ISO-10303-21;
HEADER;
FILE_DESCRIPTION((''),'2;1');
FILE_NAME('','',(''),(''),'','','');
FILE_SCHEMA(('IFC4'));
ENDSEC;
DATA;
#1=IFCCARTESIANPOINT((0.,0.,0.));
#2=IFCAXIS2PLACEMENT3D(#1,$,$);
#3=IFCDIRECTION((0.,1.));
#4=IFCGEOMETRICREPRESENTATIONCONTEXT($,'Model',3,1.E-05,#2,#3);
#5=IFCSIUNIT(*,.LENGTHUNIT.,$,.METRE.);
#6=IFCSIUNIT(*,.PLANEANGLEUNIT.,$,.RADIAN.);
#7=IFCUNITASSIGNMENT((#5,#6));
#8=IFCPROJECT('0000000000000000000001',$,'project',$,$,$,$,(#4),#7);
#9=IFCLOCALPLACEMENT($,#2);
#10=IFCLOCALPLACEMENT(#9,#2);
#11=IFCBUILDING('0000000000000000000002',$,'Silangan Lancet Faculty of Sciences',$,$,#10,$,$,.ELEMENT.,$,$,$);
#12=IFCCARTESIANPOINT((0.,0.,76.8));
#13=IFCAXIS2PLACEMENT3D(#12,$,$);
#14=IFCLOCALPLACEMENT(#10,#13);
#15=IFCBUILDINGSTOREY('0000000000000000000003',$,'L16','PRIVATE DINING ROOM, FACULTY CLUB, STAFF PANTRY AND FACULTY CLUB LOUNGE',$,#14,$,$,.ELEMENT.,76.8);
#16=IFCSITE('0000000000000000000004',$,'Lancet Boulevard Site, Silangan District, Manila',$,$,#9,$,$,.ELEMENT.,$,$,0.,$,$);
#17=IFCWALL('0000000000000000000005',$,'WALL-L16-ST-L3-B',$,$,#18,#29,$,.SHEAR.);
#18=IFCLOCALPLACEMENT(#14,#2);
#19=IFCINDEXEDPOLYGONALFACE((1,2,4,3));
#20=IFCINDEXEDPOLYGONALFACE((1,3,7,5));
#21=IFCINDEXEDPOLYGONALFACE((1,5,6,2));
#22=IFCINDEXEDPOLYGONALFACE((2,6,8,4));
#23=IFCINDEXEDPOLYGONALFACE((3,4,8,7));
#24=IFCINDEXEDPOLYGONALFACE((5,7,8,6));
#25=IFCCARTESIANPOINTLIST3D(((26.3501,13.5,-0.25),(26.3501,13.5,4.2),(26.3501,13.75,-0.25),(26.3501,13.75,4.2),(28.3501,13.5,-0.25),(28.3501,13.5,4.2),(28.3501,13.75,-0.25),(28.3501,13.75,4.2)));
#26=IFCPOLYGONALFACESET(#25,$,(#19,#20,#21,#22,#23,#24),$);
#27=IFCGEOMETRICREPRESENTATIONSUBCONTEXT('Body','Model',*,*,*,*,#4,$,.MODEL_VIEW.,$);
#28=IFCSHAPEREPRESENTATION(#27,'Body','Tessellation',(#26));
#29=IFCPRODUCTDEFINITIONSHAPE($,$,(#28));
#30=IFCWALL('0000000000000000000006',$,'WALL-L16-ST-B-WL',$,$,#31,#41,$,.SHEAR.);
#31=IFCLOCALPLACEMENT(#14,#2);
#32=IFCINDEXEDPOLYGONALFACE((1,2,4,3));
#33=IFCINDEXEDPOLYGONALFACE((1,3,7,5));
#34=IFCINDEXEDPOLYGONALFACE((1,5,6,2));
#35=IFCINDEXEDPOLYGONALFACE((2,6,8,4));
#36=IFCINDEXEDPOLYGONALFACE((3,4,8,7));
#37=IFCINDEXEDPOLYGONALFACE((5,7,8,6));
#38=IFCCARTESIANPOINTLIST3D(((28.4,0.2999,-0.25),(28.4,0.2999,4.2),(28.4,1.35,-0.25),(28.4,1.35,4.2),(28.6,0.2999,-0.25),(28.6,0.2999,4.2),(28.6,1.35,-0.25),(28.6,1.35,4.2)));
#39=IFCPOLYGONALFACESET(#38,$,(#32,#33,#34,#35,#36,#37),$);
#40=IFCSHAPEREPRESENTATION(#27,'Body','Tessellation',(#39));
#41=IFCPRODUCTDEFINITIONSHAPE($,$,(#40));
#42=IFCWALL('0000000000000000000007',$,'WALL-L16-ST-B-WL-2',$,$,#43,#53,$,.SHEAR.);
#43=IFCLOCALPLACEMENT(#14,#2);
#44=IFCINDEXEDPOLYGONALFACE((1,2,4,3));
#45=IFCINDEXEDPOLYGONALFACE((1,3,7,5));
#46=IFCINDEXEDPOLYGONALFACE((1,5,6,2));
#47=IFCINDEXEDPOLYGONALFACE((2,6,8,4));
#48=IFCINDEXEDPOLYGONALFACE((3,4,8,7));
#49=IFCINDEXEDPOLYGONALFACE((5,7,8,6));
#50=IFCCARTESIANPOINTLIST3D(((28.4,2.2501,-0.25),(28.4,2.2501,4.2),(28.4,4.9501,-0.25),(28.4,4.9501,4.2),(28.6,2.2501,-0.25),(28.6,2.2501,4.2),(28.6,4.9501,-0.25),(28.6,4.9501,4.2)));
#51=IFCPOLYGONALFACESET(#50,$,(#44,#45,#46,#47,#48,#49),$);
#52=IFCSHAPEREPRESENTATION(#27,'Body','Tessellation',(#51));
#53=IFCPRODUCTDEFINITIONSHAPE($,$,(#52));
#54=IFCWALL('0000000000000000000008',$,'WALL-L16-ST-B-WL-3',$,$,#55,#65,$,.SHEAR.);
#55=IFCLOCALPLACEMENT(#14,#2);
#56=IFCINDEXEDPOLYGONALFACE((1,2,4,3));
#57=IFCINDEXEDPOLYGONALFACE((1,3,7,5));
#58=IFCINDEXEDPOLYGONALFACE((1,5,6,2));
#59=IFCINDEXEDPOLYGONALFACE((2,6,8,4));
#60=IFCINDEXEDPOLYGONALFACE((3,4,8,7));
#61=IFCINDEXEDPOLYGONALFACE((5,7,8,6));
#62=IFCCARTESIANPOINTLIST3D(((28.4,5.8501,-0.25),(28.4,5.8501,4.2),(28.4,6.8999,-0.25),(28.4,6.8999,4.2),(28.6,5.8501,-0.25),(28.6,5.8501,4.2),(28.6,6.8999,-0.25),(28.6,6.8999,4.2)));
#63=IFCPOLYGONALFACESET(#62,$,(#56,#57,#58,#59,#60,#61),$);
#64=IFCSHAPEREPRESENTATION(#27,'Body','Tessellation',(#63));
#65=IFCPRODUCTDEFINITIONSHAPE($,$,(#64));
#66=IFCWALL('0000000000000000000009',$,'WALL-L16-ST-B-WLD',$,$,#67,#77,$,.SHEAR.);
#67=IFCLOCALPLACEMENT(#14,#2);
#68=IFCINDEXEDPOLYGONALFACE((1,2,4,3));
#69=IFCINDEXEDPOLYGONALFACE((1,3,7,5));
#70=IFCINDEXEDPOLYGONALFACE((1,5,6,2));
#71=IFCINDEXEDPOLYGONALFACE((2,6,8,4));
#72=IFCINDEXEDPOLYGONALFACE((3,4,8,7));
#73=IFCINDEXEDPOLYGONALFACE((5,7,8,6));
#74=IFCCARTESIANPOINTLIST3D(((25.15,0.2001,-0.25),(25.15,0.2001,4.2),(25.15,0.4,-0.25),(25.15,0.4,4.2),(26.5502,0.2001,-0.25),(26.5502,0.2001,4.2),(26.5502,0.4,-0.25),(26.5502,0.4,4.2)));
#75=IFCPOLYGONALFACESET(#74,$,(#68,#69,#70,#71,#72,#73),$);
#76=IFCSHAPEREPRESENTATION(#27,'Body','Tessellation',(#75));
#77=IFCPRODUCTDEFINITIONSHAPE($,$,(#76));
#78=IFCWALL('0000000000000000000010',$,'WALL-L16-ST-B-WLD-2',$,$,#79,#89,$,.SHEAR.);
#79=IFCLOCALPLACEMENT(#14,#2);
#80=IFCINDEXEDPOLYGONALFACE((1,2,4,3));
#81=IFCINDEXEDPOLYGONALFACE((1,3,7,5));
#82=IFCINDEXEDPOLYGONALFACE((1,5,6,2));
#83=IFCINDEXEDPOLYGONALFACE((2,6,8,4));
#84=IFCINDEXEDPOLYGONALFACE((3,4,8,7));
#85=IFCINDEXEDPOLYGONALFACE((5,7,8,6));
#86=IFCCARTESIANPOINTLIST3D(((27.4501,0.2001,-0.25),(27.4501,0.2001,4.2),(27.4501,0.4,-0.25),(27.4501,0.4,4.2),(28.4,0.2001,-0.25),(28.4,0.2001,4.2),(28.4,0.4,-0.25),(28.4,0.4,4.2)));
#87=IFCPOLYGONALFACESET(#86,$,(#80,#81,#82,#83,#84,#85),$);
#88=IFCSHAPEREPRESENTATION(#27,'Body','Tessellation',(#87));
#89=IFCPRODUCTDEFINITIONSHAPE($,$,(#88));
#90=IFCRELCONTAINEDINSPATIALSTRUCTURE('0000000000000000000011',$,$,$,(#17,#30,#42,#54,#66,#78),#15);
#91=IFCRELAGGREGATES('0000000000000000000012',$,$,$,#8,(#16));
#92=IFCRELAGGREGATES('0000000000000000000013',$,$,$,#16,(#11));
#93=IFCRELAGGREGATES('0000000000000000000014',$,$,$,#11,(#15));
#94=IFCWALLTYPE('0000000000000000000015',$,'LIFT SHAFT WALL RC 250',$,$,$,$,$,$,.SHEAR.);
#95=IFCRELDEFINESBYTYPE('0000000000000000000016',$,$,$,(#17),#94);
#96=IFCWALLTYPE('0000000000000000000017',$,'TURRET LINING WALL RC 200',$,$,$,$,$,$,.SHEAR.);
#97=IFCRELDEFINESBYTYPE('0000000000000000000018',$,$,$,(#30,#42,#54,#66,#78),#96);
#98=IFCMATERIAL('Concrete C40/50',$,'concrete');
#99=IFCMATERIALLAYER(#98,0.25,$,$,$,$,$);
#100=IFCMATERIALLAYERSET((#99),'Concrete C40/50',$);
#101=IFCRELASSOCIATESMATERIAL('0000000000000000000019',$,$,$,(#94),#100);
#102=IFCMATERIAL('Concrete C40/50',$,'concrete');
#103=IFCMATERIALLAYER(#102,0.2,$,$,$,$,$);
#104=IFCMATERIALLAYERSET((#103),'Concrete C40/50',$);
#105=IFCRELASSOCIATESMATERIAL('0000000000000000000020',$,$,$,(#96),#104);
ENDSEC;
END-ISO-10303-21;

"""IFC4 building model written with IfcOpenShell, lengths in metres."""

from ifc_helpers import new_model, si_unit, direction, frame, frame_2d, origin, place, context, subcontext, project, spatial, rectangle, extrude, material, layer, layer_set, type_object, element, save


model = new_model("IFC4")

# Units and contexts
model_context = context("Model", 3, precision=1e-05, world=origin(), true_north=direction((0.0, 1.0)))
body_context = subcontext(model_context, "Body", "Model", "MODEL_VIEW")
ifc_project = project(units=[si_unit("LENGTHUNIT", "METRE"), si_unit("PLANEANGLEUNIT", "RADIAN")], contexts=[model_context])

# Site, building, storey
site_placement = place(None, origin())
site = spatial("IfcSite", under=ifc_project, at=site_placement, Name="Lancet Boulevard Site, Silangan District, Manila", CompositionType="ELEMENT", RefElevation=0.0)
building_placement = place(site_placement, origin())
building = spatial("IfcBuilding", under=site, at=building_placement, Name="Silangan Lancet Faculty of Sciences", CompositionType="ELEMENT")
storey_placement = place(building_placement, frame((0.0, 0.0, 76.8)))
storey = spatial("IfcBuildingStorey", under=building, at=storey_placement, Name="L16", Description="PRIVATE DINING ROOM, FACULTY CLUB, STAFF PANTRY AND FACULTY CLUB LOUNGE", CompositionType="ELEMENT", Elevation=76.8)

# Shared definitions
ifc_material_1 = material(Name="Concrete C40/50", Category="concrete")
ifc_layer_1 = layer(ifc_material_1, 0.25)
ifc_layer_set_1 = layer_set([ifc_layer_1], Name="Concrete C40/50")
wall_type_1 = type_object("IfcWallType", Name="LIFT SHAFT WALL RC 250", PredefinedType="SHEAR", material=ifc_layer_set_1)

# Walls
wall_1_placement = place(storey_placement, frame((26.3501, 13.625, -0.25), z_axis=(0.0, 0.0, 1.0), x_axis=(1.0, 0.0, 0.0)))
element("IfcWall", 1, at=wall_1_placement, inside=storey, type_object=wall_type_1, Name="WALL-L16-ST-L3-B", PredefinedType="SHEAR", context=body_context, shape_type="SweptSolid", body=[
    extrude(rectangle(XDim=2.0, YDim=0.25, at=frame_2d((1.0, 0.0))), origin(), (0.0, 0.0, 1.0), 4.45),
])
ifc_material_2 = material(Name="Concrete C40/50", Category="concrete")
ifc_layer_2 = layer(ifc_material_2, 0.2)
ifc_layer_set_2 = layer_set([ifc_layer_2], Name="Concrete C40/50")
wall_type_2 = type_object("IfcWallType", Name="TURRET LINING WALL RC 200", PredefinedType="SHEAR", material=ifc_layer_set_2)
wall_2_placement = place(storey_placement, frame((28.5, 0.3, -0.25), z_axis=(0.0, 0.0, 1.0), x_axis=(0.0, 1.0, 0.0)))
element("IfcWall", 2, at=wall_2_placement, inside=storey, type_object=wall_type_2, Name="WALL-L16-ST-B-WL", PredefinedType="SHEAR", context=body_context, shape_type="SweptSolid", body=[
    extrude(rectangle(XDim=1.05, YDim=0.2, at=frame_2d((0.5249, 0.0))), origin(), (0.0, 0.0, 1.0), 4.45),
])
wall_3_placement = place(storey_placement, frame((28.5, 2.25, -0.25), z_axis=(0.0, 0.0, 1.0), x_axis=(0.0, 1.0, 0.0)))
element("IfcWall", 3, at=wall_3_placement, inside=storey, type_object=wall_type_2, Name="WALL-L16-ST-B-WL-2", PredefinedType="SHEAR", context=body_context, shape_type="SweptSolid", body=[
    extrude(rectangle(XDim=2.7, YDim=0.2, at=frame_2d((1.3501, 0.0))), origin(), (0.0, 0.0, 1.0), 4.45),
])
wall_4_placement = place(storey_placement, frame((28.5, 5.8501, -0.25), z_axis=(0.0, 0.0, 1.0), x_axis=(0.0, 1.0, 0.0)))
element("IfcWall", 4, at=wall_4_placement, inside=storey, type_object=wall_type_2, Name="WALL-L16-ST-B-WL-3", PredefinedType="SHEAR", context=body_context, shape_type="SweptSolid", body=[
    extrude(rectangle(XDim=1.0498, YDim=0.2, at=frame_2d((0.5249, 0.0))), origin(), (0.0, 0.0, 1.0), 4.45),
])
wall_5_placement = place(storey_placement, frame((25.1499, 0.3, -0.25), z_axis=(0.0, 0.0, 1.0), x_axis=(1.0, 0.0, 0.0)))
element("IfcWall", 5, at=wall_5_placement, inside=storey, type_object=wall_type_2, Name="WALL-L16-ST-B-WLD", PredefinedType="SHEAR", context=body_context, shape_type="SweptSolid", body=[
    extrude(rectangle(XDim=1.4001, YDim=0.2, at=frame_2d((0.7002, 0.0))), origin(), (0.0, 0.0, 1.0), 4.45),
])
wall_6_placement = place(storey_placement, frame((27.45, 0.3, -0.25), z_axis=(0.0, 0.0, 1.0), x_axis=(1.0, 0.0, 0.0)))
element("IfcWall", 6, at=wall_6_placement, inside=storey, type_object=wall_type_2, Name="WALL-L16-ST-B-WLD-2", PredefinedType="SHEAR", context=body_context, shape_type="SweptSolid", body=[
    extrude(rectangle(XDim=0.95, YDim=0.2, at=frame_2d((0.4751, 0.0))), origin(), (0.0, 0.0, 1.0), 4.45),
])

save(model, "model.ifc")
